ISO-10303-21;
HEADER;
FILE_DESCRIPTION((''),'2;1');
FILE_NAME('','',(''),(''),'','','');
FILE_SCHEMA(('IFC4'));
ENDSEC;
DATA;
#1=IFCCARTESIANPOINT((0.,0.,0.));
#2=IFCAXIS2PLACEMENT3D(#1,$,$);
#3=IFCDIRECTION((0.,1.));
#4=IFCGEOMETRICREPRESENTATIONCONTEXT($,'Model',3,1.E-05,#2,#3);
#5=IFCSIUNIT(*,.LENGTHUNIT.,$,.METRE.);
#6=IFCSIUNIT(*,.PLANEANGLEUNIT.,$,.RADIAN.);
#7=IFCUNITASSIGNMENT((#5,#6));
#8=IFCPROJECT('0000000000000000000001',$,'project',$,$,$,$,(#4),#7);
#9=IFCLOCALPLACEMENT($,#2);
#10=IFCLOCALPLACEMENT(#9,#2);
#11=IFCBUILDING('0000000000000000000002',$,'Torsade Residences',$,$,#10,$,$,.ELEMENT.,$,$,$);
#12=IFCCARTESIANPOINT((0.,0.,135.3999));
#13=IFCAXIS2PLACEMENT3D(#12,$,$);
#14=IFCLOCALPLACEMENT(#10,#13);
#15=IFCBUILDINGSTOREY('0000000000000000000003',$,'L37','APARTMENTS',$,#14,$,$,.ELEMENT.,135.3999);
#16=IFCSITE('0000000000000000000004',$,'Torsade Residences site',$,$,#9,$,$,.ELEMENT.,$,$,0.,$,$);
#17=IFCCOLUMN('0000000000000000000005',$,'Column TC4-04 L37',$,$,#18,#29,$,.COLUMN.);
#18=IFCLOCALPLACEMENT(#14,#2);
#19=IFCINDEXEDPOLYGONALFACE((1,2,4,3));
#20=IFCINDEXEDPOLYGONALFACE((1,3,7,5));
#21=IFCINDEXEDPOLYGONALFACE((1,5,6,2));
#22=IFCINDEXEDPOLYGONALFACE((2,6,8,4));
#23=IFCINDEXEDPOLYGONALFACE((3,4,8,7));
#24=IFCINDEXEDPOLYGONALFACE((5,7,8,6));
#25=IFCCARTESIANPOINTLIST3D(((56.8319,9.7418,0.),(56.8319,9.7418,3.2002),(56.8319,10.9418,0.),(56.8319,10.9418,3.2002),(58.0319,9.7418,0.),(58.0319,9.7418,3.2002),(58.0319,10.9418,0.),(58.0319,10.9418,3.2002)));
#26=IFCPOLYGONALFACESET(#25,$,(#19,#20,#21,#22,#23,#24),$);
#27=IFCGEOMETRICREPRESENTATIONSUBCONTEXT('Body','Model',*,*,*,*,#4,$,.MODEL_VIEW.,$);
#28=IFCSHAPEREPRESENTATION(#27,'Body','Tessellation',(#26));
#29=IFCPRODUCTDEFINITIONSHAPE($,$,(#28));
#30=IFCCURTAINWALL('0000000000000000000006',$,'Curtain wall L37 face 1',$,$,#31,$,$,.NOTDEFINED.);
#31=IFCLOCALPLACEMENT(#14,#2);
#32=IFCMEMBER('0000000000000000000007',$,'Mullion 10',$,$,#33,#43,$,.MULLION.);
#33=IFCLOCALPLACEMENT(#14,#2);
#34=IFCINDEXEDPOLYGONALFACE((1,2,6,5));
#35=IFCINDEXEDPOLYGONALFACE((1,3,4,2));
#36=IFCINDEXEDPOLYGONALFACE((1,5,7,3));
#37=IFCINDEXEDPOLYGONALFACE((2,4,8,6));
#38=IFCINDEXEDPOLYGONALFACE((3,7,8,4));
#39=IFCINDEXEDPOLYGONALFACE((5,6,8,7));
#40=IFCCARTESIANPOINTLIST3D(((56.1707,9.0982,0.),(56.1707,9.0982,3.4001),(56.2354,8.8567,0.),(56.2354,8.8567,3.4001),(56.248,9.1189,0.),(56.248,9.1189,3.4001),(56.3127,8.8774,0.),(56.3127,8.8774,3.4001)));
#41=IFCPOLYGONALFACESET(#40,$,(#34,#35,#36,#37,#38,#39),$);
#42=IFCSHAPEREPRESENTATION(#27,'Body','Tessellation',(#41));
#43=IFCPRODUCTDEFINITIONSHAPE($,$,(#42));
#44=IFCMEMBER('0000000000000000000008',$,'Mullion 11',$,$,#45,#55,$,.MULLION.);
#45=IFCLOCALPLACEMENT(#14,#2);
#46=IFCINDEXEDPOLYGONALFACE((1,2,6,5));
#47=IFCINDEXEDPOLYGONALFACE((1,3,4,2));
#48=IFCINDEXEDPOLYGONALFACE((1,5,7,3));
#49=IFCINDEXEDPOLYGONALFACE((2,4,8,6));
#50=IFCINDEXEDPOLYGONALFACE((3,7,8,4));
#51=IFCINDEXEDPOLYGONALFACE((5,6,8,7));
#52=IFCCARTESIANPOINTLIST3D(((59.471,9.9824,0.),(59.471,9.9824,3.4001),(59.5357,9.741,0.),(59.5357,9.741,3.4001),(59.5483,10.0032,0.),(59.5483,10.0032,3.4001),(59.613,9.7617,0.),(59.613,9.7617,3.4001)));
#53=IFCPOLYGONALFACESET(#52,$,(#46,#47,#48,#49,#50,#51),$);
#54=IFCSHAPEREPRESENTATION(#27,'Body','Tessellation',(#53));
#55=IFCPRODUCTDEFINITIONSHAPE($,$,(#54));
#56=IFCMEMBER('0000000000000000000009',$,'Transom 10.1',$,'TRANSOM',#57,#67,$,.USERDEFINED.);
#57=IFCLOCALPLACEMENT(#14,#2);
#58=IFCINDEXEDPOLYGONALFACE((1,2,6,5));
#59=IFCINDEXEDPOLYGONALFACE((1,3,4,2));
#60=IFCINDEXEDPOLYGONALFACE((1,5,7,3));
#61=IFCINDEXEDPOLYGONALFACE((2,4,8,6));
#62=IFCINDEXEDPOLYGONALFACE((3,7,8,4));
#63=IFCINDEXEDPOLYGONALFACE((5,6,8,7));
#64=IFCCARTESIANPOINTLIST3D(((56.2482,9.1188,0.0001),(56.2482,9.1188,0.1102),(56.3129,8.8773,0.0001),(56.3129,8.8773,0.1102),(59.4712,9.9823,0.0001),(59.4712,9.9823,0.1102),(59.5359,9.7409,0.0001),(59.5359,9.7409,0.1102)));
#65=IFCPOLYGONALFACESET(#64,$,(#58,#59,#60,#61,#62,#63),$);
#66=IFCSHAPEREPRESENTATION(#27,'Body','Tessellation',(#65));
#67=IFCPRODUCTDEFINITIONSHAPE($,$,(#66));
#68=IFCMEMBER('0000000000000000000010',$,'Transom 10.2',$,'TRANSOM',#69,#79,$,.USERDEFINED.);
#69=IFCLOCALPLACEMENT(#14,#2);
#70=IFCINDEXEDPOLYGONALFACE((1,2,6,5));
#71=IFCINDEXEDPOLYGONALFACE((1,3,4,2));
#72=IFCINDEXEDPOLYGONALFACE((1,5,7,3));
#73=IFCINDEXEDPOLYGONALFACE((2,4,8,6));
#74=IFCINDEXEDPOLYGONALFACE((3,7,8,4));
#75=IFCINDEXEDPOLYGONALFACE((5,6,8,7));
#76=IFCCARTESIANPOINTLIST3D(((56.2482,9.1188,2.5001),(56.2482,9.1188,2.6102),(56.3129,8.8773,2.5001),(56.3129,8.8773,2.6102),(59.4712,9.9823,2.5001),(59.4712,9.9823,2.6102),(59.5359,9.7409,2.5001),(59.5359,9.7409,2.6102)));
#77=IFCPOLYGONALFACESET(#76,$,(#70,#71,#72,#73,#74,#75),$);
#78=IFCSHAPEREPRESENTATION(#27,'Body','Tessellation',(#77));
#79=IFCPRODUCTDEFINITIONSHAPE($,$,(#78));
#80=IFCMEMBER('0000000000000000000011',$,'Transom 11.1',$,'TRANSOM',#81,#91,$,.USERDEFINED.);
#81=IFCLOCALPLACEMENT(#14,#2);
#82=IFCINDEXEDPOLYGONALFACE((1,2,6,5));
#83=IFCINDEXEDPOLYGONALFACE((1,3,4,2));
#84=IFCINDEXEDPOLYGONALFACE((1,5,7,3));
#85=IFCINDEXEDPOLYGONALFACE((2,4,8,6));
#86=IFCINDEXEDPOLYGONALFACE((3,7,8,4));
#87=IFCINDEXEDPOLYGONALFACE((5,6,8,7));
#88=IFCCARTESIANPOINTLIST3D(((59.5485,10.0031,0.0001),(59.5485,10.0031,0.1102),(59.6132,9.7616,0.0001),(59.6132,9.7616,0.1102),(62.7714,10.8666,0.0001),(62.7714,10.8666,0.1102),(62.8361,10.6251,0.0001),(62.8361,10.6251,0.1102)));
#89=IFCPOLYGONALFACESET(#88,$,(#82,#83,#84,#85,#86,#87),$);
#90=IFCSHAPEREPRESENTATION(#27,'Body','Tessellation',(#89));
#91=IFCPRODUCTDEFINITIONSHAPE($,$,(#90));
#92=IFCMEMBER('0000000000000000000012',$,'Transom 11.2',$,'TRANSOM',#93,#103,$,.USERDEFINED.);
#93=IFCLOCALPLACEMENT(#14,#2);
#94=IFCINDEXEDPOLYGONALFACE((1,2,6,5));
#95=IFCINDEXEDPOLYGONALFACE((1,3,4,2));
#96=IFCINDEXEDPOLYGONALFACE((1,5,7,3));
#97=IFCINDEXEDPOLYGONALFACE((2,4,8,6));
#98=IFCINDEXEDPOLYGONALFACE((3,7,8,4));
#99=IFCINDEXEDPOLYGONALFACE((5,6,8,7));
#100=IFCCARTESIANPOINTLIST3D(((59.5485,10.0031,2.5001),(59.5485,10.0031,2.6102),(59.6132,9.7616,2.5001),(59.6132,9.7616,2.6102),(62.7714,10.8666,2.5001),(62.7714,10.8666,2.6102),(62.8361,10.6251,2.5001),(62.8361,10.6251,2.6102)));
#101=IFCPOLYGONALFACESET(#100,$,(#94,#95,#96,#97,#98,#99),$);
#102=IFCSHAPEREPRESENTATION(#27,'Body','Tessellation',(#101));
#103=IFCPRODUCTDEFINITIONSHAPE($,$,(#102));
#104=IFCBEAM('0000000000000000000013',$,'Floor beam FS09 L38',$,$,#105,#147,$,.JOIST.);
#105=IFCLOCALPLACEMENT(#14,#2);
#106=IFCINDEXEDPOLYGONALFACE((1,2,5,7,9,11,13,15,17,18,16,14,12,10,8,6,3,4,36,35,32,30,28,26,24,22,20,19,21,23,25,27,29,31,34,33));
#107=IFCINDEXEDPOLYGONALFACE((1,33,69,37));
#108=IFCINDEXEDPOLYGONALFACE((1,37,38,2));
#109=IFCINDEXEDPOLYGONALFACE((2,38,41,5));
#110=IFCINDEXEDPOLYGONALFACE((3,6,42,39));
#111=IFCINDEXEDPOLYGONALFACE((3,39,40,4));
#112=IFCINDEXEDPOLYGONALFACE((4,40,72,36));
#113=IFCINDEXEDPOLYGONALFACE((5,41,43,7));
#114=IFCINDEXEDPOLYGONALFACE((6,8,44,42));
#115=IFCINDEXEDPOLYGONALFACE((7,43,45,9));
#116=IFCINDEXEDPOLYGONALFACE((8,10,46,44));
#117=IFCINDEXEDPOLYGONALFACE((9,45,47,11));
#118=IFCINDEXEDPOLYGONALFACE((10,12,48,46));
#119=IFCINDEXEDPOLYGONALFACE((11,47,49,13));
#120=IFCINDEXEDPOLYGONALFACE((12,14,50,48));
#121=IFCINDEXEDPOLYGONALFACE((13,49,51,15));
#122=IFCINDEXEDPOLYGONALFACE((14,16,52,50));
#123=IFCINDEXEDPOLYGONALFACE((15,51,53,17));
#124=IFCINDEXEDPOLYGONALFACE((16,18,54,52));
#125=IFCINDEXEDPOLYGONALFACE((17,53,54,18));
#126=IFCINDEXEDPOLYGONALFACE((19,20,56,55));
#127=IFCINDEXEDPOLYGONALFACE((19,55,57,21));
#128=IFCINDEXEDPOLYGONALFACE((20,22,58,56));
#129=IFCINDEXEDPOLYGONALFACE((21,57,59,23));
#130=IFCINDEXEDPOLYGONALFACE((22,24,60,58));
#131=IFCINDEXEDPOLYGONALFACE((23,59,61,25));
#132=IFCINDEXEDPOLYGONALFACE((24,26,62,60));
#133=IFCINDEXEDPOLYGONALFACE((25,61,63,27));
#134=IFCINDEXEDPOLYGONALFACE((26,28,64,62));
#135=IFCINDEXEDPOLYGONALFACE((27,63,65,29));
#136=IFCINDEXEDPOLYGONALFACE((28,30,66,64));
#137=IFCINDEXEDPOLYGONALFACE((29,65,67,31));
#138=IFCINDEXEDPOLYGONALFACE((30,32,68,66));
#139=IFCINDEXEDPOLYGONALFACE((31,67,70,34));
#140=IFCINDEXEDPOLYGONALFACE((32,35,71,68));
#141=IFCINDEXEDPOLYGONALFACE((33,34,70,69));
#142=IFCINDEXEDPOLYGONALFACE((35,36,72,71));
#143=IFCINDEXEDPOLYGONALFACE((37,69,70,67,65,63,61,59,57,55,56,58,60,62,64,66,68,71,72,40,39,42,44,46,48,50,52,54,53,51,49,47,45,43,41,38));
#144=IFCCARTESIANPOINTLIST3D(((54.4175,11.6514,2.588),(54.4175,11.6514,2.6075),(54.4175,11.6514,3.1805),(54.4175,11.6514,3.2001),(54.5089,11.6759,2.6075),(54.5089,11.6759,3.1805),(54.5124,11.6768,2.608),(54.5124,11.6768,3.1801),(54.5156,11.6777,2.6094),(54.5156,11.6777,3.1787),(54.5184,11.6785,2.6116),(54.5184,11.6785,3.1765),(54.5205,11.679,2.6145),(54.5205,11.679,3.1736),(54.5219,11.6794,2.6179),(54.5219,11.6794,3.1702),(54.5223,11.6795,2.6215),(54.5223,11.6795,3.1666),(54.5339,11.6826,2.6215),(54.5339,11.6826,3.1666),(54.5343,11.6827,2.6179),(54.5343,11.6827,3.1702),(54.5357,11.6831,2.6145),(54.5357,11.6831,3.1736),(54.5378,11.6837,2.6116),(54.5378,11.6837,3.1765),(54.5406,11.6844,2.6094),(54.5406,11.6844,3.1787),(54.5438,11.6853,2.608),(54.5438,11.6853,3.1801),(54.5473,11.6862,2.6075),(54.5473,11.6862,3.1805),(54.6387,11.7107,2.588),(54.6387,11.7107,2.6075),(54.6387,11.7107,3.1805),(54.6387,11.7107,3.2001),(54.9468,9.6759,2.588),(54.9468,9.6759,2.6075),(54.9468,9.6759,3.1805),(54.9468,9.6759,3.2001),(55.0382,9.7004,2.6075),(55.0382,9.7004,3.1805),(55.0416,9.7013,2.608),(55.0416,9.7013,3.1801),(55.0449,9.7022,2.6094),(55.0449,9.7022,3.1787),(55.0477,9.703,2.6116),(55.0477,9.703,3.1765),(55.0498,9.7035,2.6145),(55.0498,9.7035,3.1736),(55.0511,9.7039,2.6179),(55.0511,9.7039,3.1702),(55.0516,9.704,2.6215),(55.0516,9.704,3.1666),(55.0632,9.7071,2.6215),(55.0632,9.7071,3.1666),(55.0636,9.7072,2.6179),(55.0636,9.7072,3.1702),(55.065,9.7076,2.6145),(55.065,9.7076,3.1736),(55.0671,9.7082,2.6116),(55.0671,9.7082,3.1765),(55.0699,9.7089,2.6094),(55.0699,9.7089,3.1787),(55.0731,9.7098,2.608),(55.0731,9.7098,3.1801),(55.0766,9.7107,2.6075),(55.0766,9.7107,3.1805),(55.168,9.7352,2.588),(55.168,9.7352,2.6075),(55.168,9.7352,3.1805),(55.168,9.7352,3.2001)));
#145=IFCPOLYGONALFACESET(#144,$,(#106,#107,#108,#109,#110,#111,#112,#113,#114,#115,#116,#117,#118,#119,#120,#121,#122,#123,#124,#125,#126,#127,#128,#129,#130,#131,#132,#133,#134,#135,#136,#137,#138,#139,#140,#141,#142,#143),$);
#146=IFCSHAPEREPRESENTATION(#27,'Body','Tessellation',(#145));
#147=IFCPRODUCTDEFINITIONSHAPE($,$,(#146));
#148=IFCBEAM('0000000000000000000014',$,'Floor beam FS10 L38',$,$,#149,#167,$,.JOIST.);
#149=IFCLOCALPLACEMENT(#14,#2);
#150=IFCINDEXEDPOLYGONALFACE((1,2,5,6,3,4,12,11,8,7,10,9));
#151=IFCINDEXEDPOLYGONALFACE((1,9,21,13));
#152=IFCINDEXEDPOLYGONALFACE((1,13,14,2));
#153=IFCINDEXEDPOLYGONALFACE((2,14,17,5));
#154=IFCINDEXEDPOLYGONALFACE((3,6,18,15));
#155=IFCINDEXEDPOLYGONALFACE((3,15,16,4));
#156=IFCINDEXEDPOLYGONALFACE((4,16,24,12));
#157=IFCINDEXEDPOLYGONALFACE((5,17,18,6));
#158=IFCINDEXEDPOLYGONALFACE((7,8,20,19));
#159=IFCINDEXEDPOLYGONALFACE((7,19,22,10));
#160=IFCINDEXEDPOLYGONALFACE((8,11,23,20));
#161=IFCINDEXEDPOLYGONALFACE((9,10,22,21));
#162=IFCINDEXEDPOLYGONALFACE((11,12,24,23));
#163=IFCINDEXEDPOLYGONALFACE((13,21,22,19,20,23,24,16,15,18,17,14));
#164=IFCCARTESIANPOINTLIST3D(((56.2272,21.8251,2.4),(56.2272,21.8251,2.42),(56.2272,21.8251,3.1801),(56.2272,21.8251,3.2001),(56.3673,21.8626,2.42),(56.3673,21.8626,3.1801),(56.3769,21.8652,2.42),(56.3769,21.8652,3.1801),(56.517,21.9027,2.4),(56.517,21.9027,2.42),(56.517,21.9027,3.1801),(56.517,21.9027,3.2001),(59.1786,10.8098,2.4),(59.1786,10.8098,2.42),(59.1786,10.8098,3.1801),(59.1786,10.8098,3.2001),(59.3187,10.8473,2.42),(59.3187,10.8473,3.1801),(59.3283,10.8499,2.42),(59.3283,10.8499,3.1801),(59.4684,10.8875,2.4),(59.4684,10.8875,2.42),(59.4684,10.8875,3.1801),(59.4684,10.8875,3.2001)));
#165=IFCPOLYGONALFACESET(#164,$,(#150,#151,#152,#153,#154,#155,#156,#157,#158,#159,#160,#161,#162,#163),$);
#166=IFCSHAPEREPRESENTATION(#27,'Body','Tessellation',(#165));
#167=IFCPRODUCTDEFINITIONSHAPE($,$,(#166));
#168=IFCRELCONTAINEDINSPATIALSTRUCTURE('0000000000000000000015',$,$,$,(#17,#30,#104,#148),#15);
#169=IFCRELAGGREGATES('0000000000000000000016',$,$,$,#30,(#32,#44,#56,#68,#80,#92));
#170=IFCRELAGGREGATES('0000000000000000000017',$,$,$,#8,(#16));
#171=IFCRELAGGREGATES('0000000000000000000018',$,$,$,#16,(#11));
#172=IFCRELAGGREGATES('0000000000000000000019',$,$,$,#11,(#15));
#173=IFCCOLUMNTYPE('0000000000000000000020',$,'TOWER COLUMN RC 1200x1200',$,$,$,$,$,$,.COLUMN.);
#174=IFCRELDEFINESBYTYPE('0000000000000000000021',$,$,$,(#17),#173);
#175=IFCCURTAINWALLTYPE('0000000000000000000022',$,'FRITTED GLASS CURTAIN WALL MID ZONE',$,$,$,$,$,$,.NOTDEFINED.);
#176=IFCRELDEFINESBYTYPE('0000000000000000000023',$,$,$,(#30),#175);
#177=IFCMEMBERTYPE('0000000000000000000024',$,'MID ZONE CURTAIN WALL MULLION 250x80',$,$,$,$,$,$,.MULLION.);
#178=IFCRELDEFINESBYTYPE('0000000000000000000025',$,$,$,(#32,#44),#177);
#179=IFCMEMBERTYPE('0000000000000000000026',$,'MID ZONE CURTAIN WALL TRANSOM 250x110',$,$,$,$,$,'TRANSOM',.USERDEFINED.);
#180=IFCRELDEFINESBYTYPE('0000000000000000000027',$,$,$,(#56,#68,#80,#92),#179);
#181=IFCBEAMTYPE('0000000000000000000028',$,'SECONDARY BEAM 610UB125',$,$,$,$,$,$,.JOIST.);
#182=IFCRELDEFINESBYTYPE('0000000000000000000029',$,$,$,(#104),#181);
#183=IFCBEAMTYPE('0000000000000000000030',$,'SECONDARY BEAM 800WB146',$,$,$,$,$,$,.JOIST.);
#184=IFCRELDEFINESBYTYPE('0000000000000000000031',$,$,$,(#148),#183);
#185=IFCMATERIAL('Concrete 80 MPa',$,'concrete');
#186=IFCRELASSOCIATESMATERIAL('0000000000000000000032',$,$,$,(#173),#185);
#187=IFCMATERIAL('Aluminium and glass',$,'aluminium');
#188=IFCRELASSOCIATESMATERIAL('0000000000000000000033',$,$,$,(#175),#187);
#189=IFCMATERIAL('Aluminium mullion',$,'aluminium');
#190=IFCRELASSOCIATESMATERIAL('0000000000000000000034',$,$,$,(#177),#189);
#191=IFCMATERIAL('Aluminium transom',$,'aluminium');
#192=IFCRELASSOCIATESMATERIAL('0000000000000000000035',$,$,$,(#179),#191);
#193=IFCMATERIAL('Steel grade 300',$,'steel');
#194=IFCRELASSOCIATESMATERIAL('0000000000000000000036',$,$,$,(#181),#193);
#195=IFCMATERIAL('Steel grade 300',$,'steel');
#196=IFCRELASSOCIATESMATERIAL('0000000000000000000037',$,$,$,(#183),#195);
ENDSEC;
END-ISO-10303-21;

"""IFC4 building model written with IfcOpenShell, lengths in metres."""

from ifc_helpers import new_model, si_unit, direction, frame, origin, origin_2d, place, context, subcontext, project, spatial, rectangle, i_section, extrude, material, material_profile, profile_set, type_object, element, aggregate, save


model = new_model("IFC4")

# Units and contexts
model_context = context("Model", 3, precision=1e-05, world=origin(), true_north=direction((0.0, 1.0)))
body_context = subcontext(model_context, "Body", "Model", "MODEL_VIEW")
ifc_project = project(units=[si_unit("LENGTHUNIT", "METRE"), si_unit("PLANEANGLEUNIT", "RADIAN")], contexts=[model_context])

# Site, building, storey
site_placement = place(None, origin())
site = spatial("IfcSite", under=ifc_project, at=site_placement, Name="Torsade Residences site", CompositionType="ELEMENT", RefElevation=0.0)
building_placement = place(site_placement, origin())
building = spatial("IfcBuilding", under=site, at=building_placement, Name="Torsade Residences", CompositionType="ELEMENT")
storey_placement = place(building_placement, frame((0.0, 0.0, 135.3999)))
storey = spatial("IfcBuildingStorey", under=building, at=storey_placement, Name="L37", Description="APARTMENTS", CompositionType="ELEMENT", Elevation=135.3999)

# Column
ifc_material_1 = material(Name="Concrete 80 MPa", Category="concrete")
ifc_material_profile_1 = material_profile(ifc_material_1, rectangle(XDim=1.2, YDim=1.2, at=origin_2d()), Name="RC 1200x1200")
ifc_profile_set_1 = profile_set([ifc_material_profile_1], Name="Concrete 80 MPa")
column_type = type_object("IfcColumnType", Name="TOWER COLUMN RC 1200x1200", PredefinedType="COLUMN", material=ifc_profile_set_1)
column_placement = place(storey_placement, frame((57.4319, 10.3418, 0.0), z_axis=(0.0, 0.0, 1.0), x_axis=(1.0, 0.0, 0.0)))
element("IfcColumn", 1, at=column_placement, inside=storey, type_object=column_type, Name="Column TC4-04 L37", PredefinedType="COLUMN", context=body_context, shape_type="SweptSolid", body=[
    extrude(rectangle(XDim=1.2, YDim=1.2, at=origin_2d()), origin(), (0.0, 0.0, 1.0), 3.2002),
])

# Curtain wall, members
ifc_material_2 = material(Name="Aluminium and glass", Category="aluminium")
curtain_wall_type = type_object("IfcCurtainWallType", Name="FRITTED GLASS CURTAIN WALL MID ZONE", PredefinedType="NOTDEFINED", material=ifc_material_2)
curtain_wall_placement = place(storey_placement, origin())
curtain_wall = element("IfcCurtainWall", 2, at=curtain_wall_placement, inside=storey, type_object=curtain_wall_type, Name="Curtain wall L37 face 1", PredefinedType="NOTDEFINED")
ifc_material_3 = material(Name="Aluminium mullion", Category="aluminium")
ifc_material_profile_2 = material_profile(ifc_material_3, rectangle(XDim=0.25, YDim=0.0801, at=origin_2d()), Name="MID ZONE CURTAIN WALL MULLION 250x80")
ifc_profile_set_2 = profile_set([ifc_material_profile_2], Name="Aluminium mullion")
member_type_1 = type_object("IfcMemberType", Name="MID ZONE CURTAIN WALL MULLION 250x80", PredefinedType="MULLION", material=ifc_profile_set_2)
member_1_placement = place(storey_placement, frame((56.2417, 8.9878, 0.0), z_axis=(0.0, 0.0, 1.0), x_axis=(-0.258819, 0.965926, 0.0)))
member_1 = element("IfcMember", 3, at=member_1_placement, type_object=member_type_1, Name="Mullion 10", PredefinedType="MULLION", context=body_context, shape_type="SweptSolid", body=[
    extrude(rectangle(XDim=0.25, YDim=0.0801, at=origin_2d()), origin(), (0.0, 0.0, 1.0), 3.4001),
])
member_2_placement = place(storey_placement, frame((59.542, 9.8721, 0.0), z_axis=(0.0, 0.0, 1.0), x_axis=(-0.258819, 0.965926, 0.0)))
member_2 = element("IfcMember", 4, at=member_2_placement, type_object=member_type_1, Name="Mullion 11", PredefinedType="MULLION", context=body_context, shape_type="SweptSolid", body=[
    extrude(rectangle(XDim=0.25, YDim=0.0801, at=origin_2d()), origin(), (0.0, 0.0, 1.0), 3.4001),
])
ifc_material_4 = material(Name="Aluminium transom", Category="aluminium")
ifc_material_profile_3 = material_profile(ifc_material_4, rectangle(XDim=0.25, YDim=0.1101, at=origin_2d()), Name="MID ZONE CURTAIN WALL TRANSOM 250x110")
ifc_profile_set_3 = profile_set([ifc_material_profile_3], Name="Aluminium transom")
member_type_2 = type_object("IfcMemberType", Name="MID ZONE CURTAIN WALL TRANSOM 250x110", ElementType="TRANSOM", PredefinedType="USERDEFINED", material=ifc_profile_set_3)
member_3_placement = place(storey_placement, frame((56.2805, 8.998, 0.0552), z_axis=(0.965929, 0.258806, 0.0), x_axis=(-0.258806, 0.965929, 0.0)))
member_3 = element("IfcMember", 5, at=member_3_placement, type_object=member_type_2, Name="Transom 10.1", ObjectType="TRANSOM", PredefinedType="USERDEFINED", context=body_context, shape_type="SweptSolid", body=[
    extrude(rectangle(XDim=0.25, YDim=0.1101, at=origin_2d()), origin(), (0.0, 0.0, 1.0), 3.3367),
])
member_4_placement = place(storey_placement, frame((56.2805, 8.998, 2.5552), z_axis=(0.965929, 0.258806, 0.0), x_axis=(-0.258806, 0.965929, 0.0)))
member_4 = element("IfcMember", 6, at=member_4_placement, type_object=member_type_2, Name="Transom 10.2", ObjectType="TRANSOM", PredefinedType="USERDEFINED", context=body_context, shape_type="SweptSolid", body=[
    extrude(rectangle(XDim=0.25, YDim=0.1101, at=origin_2d()), origin(), (0.0, 0.0, 1.0), 3.3367),
])
member_5_placement = place(storey_placement, frame((59.5808, 9.8823, 0.0552), z_axis=(0.965929, 0.258806, 0.0), x_axis=(-0.258806, 0.965929, 0.0)))
member_5 = element("IfcMember", 7, at=member_5_placement, type_object=member_type_2, Name="Transom 11.1", ObjectType="TRANSOM", PredefinedType="USERDEFINED", context=body_context, shape_type="SweptSolid", body=[
    extrude(rectangle(XDim=0.25, YDim=0.1101, at=origin_2d()), origin(), (0.0, 0.0, 1.0), 3.3367),
])
member_6_placement = place(storey_placement, frame((59.5808, 9.8823, 2.5552), z_axis=(0.965929, 0.258806, 0.0), x_axis=(-0.258806, 0.965929, 0.0)))
member_6 = element("IfcMember", 8, at=member_6_placement, type_object=member_type_2, Name="Transom 11.2", ObjectType="TRANSOM", PredefinedType="USERDEFINED", context=body_context, shape_type="SweptSolid", body=[
    extrude(rectangle(XDim=0.25, YDim=0.1101, at=origin_2d()), origin(), (0.0, 0.0, 1.0), 3.3367),
])

# Beams
ifc_material_5 = material(Name="Steel grade 300", Category="steel")
ifc_material_profile_4 = material_profile(ifc_material_5, i_section(OverallWidth=0.229, OverallDepth=0.6121, WebThickness=0.012, FlangeThickness=0.0195, FilletRadius=0.0139, at=origin_2d()), Name="610UB125")
ifc_profile_set_4 = profile_set([ifc_material_profile_4], Name="Steel grade 300")
beam_type_1 = type_object("IfcBeamType", Name="SECONDARY BEAM 610UB125", PredefinedType="JOIST", material=ifc_profile_set_4)
beam_1_placement = place(storey_placement, frame((55.0574, 9.7056, 2.894), z_axis=(-0.258792, 0.965933, 0.0), x_axis=(-0.965933, -0.258792, 0.0)))
element("IfcBeam", 9, at=beam_1_placement, inside=storey, type_object=beam_type_1, Name="Floor beam FS09 L38", PredefinedType="JOIST", context=body_context, shape_type="SweptSolid", body=[
    extrude(i_section(OverallWidth=0.229, OverallDepth=0.6121, WebThickness=0.012, FlangeThickness=0.0195, FilletRadius=0.0139, at=origin_2d()), origin(), (0.0, 0.0, 1.0), 2.0452),
])
ifc_material_6 = material(Name="Steel grade 300", Category="steel")
ifc_material_profile_5 = material_profile(ifc_material_6, i_section(OverallWidth=0.3, OverallDepth=0.8, WebThickness=0.01, FlangeThickness=0.02, at=origin_2d()), Name="800WB146")
ifc_profile_set_5 = profile_set([ifc_material_profile_5], Name="Steel grade 300")
beam_type_2 = type_object("IfcBeamType", Name="SECONDARY BEAM 800WB146", PredefinedType="JOIST", material=ifc_profile_set_5)
beam_2_placement = place(storey_placement, frame((59.3235, 10.8486, 2.8), z_axis=(-0.258807, 0.965929, 0.0), x_axis=(-0.965929, -0.258807, 0.0)))
element("IfcBeam", 10, at=beam_2_placement, inside=storey, type_object=beam_type_2, Name="Floor beam FS10 L38", PredefinedType="JOIST", context=body_context, shape_type="SweptSolid", body=[
    extrude(i_section(OverallWidth=0.3, OverallDepth=0.8, WebThickness=0.01, FlangeThickness=0.02, at=origin_2d()), origin(), (0.0, 0.0, 1.0), 11.4038),
])

aggregate(curtain_wall, [member_1, member_2, member_3, member_4, member_5, member_6])

save(model, "model.ifc")
